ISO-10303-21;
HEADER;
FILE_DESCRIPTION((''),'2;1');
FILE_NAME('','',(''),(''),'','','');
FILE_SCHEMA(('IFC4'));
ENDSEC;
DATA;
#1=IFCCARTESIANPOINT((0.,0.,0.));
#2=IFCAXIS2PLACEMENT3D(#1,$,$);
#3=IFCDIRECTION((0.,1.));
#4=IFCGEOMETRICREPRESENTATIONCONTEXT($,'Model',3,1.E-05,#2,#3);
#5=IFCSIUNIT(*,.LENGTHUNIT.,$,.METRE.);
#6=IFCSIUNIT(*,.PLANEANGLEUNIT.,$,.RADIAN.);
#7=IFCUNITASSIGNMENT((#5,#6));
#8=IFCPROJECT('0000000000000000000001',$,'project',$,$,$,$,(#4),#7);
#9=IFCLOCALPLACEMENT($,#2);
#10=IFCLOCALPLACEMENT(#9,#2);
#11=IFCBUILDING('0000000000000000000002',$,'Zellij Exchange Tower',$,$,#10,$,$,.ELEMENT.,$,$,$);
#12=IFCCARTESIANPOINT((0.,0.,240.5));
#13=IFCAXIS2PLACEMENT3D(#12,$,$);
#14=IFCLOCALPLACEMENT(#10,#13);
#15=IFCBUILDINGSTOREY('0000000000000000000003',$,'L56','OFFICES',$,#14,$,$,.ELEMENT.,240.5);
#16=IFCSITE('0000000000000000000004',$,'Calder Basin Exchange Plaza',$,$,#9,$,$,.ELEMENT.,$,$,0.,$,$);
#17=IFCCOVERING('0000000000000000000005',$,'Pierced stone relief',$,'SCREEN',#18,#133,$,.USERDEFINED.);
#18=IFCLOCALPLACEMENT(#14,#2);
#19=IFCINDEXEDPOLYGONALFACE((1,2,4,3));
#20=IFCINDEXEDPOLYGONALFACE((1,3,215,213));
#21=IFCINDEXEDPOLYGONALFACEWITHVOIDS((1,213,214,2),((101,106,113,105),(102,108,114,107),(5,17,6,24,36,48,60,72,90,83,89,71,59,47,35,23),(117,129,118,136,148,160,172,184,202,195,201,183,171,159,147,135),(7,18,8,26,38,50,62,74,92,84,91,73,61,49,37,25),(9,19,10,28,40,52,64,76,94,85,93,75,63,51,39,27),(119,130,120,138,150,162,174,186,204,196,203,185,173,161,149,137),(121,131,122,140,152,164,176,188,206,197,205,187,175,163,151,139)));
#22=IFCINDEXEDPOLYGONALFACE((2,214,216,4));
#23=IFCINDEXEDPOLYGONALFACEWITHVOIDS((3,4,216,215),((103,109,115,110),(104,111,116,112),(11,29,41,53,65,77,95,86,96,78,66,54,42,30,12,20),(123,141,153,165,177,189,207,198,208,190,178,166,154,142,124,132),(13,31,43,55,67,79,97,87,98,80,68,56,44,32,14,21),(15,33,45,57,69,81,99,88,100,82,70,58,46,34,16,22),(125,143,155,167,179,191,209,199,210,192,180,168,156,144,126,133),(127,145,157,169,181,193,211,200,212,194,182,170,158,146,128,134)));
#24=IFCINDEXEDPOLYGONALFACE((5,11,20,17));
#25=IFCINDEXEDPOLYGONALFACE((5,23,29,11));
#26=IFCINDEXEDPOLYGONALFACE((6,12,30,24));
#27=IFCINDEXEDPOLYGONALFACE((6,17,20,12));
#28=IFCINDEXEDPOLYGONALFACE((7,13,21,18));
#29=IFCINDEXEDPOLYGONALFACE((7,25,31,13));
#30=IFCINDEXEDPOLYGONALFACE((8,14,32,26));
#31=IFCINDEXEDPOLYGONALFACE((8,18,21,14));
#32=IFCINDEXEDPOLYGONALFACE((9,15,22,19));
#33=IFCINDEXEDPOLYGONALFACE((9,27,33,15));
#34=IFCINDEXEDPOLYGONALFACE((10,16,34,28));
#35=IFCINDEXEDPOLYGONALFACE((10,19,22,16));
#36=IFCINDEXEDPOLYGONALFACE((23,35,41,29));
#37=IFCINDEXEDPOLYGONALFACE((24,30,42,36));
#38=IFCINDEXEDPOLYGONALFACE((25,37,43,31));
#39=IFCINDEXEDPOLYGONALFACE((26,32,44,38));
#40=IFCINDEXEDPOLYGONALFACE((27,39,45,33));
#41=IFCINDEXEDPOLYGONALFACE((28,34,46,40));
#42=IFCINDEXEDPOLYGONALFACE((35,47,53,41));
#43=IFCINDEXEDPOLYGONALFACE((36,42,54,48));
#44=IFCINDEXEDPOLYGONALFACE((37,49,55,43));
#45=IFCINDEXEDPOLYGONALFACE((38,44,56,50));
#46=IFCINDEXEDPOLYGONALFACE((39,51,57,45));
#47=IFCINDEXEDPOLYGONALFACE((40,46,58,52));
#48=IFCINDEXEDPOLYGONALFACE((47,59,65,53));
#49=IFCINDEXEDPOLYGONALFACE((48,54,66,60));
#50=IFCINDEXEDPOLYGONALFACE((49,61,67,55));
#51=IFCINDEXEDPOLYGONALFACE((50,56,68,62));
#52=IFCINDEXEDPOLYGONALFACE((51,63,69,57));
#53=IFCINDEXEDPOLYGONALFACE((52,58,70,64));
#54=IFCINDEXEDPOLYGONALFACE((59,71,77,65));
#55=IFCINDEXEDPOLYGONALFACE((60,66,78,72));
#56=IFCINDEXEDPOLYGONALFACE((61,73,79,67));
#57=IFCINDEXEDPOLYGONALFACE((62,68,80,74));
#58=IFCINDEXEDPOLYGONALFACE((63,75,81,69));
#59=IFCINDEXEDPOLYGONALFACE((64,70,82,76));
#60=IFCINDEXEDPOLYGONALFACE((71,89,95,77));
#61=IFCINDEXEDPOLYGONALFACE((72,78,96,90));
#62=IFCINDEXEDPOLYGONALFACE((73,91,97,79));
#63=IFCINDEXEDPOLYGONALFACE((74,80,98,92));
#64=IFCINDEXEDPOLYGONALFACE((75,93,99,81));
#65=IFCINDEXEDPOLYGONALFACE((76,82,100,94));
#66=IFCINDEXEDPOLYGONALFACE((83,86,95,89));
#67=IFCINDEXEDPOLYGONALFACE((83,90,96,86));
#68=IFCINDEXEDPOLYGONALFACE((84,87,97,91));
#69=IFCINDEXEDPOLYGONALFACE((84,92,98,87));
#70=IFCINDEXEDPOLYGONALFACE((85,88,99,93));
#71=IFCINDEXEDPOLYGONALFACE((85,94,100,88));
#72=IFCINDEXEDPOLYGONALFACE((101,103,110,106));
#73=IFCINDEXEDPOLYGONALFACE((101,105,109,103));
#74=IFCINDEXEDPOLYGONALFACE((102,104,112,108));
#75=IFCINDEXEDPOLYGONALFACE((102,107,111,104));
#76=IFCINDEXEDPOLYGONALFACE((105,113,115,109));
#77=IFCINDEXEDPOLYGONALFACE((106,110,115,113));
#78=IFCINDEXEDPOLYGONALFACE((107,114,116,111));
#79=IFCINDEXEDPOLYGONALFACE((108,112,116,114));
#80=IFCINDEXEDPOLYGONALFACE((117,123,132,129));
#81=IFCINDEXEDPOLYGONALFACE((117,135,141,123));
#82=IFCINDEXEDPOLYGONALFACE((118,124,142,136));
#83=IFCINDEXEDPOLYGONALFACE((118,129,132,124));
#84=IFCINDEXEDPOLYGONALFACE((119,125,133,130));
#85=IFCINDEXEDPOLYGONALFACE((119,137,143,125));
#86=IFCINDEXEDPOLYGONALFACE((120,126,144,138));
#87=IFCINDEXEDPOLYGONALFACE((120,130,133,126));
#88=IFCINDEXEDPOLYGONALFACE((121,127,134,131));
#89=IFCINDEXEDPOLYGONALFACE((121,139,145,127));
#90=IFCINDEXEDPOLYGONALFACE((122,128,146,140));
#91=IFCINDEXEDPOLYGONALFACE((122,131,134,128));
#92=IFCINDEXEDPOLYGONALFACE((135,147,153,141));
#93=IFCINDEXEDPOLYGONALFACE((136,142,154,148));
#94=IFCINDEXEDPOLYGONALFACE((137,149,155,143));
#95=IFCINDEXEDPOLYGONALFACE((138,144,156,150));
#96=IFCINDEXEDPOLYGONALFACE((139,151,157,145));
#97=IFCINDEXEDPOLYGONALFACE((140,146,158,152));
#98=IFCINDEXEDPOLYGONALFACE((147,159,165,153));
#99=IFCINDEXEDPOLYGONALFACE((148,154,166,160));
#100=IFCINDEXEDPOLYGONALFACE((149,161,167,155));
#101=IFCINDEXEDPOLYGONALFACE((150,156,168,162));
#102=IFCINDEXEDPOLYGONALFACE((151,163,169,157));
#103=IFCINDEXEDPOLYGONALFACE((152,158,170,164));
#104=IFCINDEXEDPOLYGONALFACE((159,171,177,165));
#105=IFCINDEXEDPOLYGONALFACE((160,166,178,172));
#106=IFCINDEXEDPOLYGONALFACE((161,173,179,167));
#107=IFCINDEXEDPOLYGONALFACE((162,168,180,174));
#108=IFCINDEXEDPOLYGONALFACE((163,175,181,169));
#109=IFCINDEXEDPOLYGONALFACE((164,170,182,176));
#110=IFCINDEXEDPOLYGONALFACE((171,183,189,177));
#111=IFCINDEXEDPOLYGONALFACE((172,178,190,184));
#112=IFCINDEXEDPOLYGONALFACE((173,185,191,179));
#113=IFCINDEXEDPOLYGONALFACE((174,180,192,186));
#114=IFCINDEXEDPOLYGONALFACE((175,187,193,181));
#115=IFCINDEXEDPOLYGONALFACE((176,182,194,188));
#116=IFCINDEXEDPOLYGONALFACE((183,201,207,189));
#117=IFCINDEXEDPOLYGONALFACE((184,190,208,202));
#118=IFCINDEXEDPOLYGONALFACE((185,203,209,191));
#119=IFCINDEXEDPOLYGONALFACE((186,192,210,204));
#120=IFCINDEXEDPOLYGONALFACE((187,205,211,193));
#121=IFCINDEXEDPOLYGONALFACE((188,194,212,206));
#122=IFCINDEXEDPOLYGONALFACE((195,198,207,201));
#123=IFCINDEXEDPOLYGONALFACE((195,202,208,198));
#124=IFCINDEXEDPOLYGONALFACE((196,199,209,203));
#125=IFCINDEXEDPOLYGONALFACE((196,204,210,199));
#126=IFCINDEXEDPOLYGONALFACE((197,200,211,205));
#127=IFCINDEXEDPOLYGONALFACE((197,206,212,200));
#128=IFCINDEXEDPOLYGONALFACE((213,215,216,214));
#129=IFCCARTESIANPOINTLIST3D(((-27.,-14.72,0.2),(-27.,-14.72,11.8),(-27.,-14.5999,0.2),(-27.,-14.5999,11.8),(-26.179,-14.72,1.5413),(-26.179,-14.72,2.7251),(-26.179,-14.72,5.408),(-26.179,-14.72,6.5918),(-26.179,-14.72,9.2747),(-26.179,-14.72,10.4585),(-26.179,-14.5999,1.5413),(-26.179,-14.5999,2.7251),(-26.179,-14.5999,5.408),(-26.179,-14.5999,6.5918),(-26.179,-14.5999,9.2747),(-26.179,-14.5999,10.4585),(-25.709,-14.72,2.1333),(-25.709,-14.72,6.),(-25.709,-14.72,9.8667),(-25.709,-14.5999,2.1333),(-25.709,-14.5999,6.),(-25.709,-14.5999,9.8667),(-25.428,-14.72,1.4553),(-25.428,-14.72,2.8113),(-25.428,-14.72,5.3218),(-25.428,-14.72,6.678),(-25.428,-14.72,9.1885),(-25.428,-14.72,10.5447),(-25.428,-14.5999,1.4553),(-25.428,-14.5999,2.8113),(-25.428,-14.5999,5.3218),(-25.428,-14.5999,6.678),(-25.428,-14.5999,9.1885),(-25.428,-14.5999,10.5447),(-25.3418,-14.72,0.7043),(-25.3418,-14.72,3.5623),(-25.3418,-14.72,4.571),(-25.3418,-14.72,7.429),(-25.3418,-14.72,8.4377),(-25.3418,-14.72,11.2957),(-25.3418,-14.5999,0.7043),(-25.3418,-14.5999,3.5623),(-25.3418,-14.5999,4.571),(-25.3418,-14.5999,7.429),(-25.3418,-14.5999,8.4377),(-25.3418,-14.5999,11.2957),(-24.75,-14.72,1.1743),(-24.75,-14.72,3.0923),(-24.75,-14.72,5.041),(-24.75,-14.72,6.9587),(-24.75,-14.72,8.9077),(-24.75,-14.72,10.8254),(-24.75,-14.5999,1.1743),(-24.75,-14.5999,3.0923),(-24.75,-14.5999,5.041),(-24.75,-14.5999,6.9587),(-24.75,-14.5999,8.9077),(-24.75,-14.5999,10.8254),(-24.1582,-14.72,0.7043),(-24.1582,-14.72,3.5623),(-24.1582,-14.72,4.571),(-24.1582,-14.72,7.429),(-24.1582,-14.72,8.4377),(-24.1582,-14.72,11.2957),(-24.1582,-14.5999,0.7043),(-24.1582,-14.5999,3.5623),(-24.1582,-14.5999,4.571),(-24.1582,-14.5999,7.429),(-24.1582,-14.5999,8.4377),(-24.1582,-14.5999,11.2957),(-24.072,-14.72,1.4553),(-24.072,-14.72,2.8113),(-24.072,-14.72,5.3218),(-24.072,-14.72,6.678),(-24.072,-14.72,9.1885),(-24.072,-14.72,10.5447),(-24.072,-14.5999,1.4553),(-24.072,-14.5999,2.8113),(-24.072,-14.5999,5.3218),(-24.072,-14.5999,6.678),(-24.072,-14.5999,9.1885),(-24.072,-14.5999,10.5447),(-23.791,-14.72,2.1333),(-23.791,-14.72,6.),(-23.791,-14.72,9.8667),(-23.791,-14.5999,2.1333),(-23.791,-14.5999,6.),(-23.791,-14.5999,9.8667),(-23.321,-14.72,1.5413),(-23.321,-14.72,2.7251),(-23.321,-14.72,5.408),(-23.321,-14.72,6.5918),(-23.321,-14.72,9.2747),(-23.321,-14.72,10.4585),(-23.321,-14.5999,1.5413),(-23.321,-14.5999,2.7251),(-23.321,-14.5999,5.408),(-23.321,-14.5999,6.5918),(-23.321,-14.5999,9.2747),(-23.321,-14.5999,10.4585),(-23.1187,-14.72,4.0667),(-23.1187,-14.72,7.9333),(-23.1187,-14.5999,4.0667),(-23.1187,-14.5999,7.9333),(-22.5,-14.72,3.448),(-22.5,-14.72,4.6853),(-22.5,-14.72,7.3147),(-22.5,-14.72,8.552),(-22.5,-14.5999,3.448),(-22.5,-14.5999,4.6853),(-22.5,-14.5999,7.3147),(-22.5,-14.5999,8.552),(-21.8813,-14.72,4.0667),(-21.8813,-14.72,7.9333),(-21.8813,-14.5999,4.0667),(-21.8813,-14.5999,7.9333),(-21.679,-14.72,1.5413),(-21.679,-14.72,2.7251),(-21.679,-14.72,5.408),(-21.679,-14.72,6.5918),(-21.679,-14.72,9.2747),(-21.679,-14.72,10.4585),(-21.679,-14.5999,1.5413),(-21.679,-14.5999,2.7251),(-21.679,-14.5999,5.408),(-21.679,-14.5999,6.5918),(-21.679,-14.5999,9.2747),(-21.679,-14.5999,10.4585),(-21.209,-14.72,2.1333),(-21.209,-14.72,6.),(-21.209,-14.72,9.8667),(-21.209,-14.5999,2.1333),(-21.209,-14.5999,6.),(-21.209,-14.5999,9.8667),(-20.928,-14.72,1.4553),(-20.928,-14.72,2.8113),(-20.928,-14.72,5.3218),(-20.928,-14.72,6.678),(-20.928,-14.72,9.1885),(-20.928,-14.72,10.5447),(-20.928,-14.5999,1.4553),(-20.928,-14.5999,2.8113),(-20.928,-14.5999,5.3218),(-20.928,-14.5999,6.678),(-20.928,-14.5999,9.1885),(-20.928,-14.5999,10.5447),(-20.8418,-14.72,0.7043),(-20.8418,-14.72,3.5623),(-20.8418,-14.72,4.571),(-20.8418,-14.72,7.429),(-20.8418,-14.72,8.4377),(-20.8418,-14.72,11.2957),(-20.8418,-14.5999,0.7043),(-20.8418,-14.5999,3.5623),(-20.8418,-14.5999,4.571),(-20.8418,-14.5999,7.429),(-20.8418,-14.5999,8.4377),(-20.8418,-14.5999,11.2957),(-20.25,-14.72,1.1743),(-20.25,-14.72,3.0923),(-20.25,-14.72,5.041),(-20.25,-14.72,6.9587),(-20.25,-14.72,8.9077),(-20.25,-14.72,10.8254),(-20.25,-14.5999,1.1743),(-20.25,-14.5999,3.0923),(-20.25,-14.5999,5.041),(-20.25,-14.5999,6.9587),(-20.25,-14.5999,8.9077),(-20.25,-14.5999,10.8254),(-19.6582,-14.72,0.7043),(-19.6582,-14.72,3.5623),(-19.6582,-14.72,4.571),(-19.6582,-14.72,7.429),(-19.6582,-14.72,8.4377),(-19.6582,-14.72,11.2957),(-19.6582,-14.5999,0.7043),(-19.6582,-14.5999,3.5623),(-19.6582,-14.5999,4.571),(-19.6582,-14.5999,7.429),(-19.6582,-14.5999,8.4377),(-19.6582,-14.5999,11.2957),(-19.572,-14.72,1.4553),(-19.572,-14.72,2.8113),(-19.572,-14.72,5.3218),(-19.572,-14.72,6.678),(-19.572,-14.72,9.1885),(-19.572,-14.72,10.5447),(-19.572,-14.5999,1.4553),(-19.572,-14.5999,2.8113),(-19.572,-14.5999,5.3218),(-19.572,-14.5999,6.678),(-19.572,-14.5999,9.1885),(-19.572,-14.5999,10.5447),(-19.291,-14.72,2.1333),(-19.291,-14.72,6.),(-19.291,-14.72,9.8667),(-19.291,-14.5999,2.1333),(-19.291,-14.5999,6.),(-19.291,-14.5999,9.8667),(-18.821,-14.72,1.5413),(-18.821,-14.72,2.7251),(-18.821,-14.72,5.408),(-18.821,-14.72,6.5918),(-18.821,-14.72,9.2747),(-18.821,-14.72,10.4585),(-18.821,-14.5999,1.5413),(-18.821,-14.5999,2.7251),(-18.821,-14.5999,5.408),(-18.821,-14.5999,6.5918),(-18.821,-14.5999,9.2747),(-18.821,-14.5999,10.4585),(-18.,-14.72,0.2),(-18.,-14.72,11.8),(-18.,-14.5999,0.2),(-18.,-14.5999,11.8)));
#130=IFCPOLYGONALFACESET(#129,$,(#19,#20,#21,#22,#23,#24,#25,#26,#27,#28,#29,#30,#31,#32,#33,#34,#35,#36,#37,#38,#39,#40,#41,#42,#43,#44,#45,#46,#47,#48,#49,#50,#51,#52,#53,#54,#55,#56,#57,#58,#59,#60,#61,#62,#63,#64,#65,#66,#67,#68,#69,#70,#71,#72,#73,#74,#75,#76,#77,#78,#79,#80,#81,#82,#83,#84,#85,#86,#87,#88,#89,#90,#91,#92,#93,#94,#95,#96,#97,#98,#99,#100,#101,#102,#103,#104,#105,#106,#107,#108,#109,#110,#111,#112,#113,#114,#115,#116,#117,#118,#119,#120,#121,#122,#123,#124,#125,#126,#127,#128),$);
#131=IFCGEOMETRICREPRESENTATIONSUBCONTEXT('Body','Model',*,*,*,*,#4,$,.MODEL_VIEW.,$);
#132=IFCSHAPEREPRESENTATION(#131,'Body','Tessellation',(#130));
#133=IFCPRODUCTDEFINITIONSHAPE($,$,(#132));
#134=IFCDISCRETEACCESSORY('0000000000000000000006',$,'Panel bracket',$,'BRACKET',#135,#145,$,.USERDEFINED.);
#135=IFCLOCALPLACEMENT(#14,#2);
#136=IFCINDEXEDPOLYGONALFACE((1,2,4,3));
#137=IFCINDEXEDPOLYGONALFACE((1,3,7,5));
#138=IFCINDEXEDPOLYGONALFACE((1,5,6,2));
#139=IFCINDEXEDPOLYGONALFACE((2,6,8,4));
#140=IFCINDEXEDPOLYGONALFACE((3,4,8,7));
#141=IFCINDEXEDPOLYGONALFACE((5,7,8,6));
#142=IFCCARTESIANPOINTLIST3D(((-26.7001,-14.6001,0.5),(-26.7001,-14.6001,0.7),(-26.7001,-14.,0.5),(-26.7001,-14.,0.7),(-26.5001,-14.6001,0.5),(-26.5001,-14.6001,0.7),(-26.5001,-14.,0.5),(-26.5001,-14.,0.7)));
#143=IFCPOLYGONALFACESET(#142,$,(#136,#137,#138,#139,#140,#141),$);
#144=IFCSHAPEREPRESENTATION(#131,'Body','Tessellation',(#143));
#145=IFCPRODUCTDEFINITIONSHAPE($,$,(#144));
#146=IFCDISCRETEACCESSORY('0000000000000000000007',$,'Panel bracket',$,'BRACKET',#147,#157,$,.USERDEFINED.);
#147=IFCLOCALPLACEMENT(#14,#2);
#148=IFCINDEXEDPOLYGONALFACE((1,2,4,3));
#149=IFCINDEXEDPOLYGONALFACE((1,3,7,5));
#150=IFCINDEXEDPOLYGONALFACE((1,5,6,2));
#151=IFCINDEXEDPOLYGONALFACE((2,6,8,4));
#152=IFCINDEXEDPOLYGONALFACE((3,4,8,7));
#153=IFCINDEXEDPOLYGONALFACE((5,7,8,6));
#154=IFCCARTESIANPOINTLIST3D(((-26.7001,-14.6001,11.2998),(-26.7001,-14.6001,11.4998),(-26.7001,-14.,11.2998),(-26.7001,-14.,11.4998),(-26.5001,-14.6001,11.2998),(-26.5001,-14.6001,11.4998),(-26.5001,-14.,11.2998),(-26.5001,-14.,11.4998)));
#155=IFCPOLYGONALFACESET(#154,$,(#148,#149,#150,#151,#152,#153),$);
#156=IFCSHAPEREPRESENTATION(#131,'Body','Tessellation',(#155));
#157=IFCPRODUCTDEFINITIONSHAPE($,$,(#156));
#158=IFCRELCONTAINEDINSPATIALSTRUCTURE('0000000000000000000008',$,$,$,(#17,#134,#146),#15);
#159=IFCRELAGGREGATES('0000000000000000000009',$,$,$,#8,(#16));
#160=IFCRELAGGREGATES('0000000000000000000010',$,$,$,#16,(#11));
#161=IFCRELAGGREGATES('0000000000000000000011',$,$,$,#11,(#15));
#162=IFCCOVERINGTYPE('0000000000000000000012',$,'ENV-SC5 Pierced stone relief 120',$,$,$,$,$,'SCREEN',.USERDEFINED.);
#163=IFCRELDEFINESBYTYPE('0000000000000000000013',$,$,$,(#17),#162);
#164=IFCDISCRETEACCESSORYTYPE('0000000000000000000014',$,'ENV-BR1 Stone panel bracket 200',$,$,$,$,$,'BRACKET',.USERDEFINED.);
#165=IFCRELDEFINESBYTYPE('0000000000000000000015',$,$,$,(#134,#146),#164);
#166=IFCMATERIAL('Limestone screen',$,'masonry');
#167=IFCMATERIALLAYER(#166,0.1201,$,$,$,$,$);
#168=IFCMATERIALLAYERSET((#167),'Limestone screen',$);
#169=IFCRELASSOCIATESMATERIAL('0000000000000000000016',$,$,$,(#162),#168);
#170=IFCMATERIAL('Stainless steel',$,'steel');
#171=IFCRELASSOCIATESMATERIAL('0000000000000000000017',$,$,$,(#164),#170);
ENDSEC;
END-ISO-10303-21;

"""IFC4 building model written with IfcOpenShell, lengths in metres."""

from ifc_helpers import new_model, si_unit, direction, frame, origin, origin_2d, place, context, subcontext, project, spatial, polyline, rectangle, outline, extrude, material, layer, layer_set, type_object, element, save


model = new_model("IFC4")

# Units and contexts
model_context = context("Model", 3, precision=1e-05, world=origin(), true_north=direction((0.0, 1.0)))
body_context = subcontext(model_context, "Body", "Model", "MODEL_VIEW")
ifc_project = project(units=[si_unit("LENGTHUNIT", "METRE"), si_unit("PLANEANGLEUNIT", "RADIAN")], contexts=[model_context])

# Site, building, storey
site_placement = place(None, origin())
site = spatial("IfcSite", under=ifc_project, at=site_placement, Name="Calder Basin Exchange Plaza", CompositionType="ELEMENT", RefElevation=0.0)
building_placement = place(site_placement, origin())
building = spatial("IfcBuilding", under=site, at=building_placement, Name="Zellij Exchange Tower", CompositionType="ELEMENT")
storey_placement = place(building_placement, frame((0.0, 0.0, 240.5)))
storey = spatial("IfcBuildingStorey", under=building, at=storey_placement, Name="L56", Description="OFFICES", CompositionType="ELEMENT", Elevation=240.5)

# Shared definitions
ifc_material_1 = material(Name="Stainless steel", Category="steel")

# Covering
ifc_material_2 = material(Name="Limestone screen", Category="masonry")
ifc_layer_1 = layer(ifc_material_2, 0.1201)
ifc_layer_set_1 = layer_set([ifc_layer_1], Name="Limestone screen")
covering_type_1 = type_object("IfcCoveringType", Name="ENV-SC5 Pierced stone relief 120", ElementType="SCREEN", PredefinedType="USERDEFINED", material=ifc_layer_set_1)
covering_1_placement = place(storey_placement, frame((-27.0, -14.6599, 0.2), z_axis=(0.0, 0.0, 1.0), x_axis=(1.0, 0.0, 0.0)))
element("IfcCovering", 1, at=covering_1_placement, inside=storey, type_object=covering_type_1, Name="Pierced stone relief", ObjectType="SCREEN", PredefinedType="USERDEFINED", context=body_context, shape_type="SweptSolid", body=[
    extrude(outline(polyline([(0.0, 0.0), (9.0, 0.0), (9.0, 11.6001), (0.0, 11.6001), (0.0, 0.0)]), holes=[polyline([(3.679, 2.5251), (2.928, 2.6113), (2.8418, 3.3623), (2.25, 2.8923), (1.6582, 3.3623), (1.572, 2.6113), (0.821, 2.5251), (1.291, 1.9333), (0.821, 1.3413), (1.572, 1.2554), (1.6582, 0.5044), (2.25, 0.9744), (2.8418, 0.5044), (2.928, 1.2554), (3.679, 1.3413), (3.209, 1.9333), (3.679, 2.5251)]), polyline([(3.679, 6.3918), (2.928, 6.478), (2.8418, 7.229), (2.25, 6.7588), (1.6582, 7.229), (1.572, 6.478), (0.821, 6.3918), (1.291, 5.8), (0.821, 5.208), (1.572, 5.1218), (1.6582, 4.3711), (2.25, 4.8411), (2.8418, 4.3711), (2.928, 5.1218), (3.679, 5.208), (3.209, 5.8), (3.679, 6.3918)]), polyline([(3.679, 10.2585), (2.928, 10.3447), (2.8418, 11.0957), (2.25, 10.6255), (1.6582, 11.0957), (1.572, 10.3447), (0.821, 10.2585), (1.291, 9.6667), (0.821, 9.0747), (1.572, 8.9885), (1.6582, 8.2378), (2.25, 8.7078), (2.8418, 8.2378), (2.928, 8.9885), (3.679, 9.0747), (3.209, 9.6667), (3.679, 10.2585)]), polyline([(8.179, 2.5251), (7.428, 2.6113), (7.3418, 3.3623), (6.75, 2.8923), (6.1582, 3.3623), (6.072, 2.6113), (5.321, 2.5251), (5.791, 1.9333), (5.321, 1.3413), (6.072, 1.2554), (6.1582, 0.5044), (6.75, 0.9744), (7.3418, 0.5044), (7.428, 1.2554), (8.179, 1.3413), (7.709, 1.9333), (8.179, 2.5251)]), polyline([(8.179, 6.3918), (7.428, 6.478), (7.3418, 7.229), (6.75, 6.7588), (6.1582, 7.229), (6.072, 6.478), (5.321, 6.3918), (5.791, 5.8), (5.321, 5.208), (6.072, 5.1218), (6.1582, 4.3711), (6.75, 4.8411), (7.3418, 4.3711), (7.428, 5.1218), (8.179, 5.208), (7.709, 5.8), (8.179, 6.3918)]), polyline([(8.179, 10.2585), (7.428, 10.3447), (7.3418, 11.0957), (6.75, 10.6255), (6.1582, 11.0957), (6.072, 10.3447), (5.321, 10.2585), (5.791, 9.6667), (5.321, 9.0747), (6.072, 8.9885), (6.1582, 8.2378), (6.75, 8.7078), (7.3418, 8.2378), (7.428, 8.9885), (8.179, 9.0747), (7.709, 9.6667), (8.179, 10.2585)]), polyline([(5.1187, 3.8667), (4.5, 4.4854), (3.8813, 3.8667), (4.5, 3.248), (5.1187, 3.8667)]), polyline([(5.1187, 7.7334), (4.5, 8.3521), (3.8813, 7.7334), (4.5, 7.1147), (5.1187, 7.7334)])]), frame((0.0, 0.0601, 0.0), z_axis=(0.0, -1.0, 0.0), x_axis=(1.0, 0.0, 0.0)), (0.0, 0.0, 1.0), 0.1201),
])

# Discrete accessories
discrete_accessory_type = type_object("IfcDiscreteAccessoryType", Name="ENV-BR1 Stone panel bracket 200", ElementType="BRACKET", PredefinedType="USERDEFINED", material=ifc_material_1)
for number, where, z_axis, x_axis, name in (
    (2, (-26.6001, -14.3, 0.5), (0.0, 0.0, 1.0), (1.0, 0.0, 0.0), "Panel bracket"),
    (3, (-26.6001, -14.3, 11.2998), (0.0, 0.0, 1.0), (1.0, 0.0, 0.0), "Panel bracket"),
):
    element("IfcDiscreteAccessory", number, at=place(storey_placement, frame(where, z_axis=z_axis, x_axis=x_axis)), inside=storey, type_object=discrete_accessory_type, Name=name, ObjectType="BRACKET", PredefinedType="USERDEFINED", context=body_context, shape_type="SweptSolid", body=[
        extrude(rectangle(XDim=0.2, YDim=0.6001, at=origin_2d()), origin(), (0.0, 0.0, 1.0), 0.2),
    ])

save(model, "model.ifc")
